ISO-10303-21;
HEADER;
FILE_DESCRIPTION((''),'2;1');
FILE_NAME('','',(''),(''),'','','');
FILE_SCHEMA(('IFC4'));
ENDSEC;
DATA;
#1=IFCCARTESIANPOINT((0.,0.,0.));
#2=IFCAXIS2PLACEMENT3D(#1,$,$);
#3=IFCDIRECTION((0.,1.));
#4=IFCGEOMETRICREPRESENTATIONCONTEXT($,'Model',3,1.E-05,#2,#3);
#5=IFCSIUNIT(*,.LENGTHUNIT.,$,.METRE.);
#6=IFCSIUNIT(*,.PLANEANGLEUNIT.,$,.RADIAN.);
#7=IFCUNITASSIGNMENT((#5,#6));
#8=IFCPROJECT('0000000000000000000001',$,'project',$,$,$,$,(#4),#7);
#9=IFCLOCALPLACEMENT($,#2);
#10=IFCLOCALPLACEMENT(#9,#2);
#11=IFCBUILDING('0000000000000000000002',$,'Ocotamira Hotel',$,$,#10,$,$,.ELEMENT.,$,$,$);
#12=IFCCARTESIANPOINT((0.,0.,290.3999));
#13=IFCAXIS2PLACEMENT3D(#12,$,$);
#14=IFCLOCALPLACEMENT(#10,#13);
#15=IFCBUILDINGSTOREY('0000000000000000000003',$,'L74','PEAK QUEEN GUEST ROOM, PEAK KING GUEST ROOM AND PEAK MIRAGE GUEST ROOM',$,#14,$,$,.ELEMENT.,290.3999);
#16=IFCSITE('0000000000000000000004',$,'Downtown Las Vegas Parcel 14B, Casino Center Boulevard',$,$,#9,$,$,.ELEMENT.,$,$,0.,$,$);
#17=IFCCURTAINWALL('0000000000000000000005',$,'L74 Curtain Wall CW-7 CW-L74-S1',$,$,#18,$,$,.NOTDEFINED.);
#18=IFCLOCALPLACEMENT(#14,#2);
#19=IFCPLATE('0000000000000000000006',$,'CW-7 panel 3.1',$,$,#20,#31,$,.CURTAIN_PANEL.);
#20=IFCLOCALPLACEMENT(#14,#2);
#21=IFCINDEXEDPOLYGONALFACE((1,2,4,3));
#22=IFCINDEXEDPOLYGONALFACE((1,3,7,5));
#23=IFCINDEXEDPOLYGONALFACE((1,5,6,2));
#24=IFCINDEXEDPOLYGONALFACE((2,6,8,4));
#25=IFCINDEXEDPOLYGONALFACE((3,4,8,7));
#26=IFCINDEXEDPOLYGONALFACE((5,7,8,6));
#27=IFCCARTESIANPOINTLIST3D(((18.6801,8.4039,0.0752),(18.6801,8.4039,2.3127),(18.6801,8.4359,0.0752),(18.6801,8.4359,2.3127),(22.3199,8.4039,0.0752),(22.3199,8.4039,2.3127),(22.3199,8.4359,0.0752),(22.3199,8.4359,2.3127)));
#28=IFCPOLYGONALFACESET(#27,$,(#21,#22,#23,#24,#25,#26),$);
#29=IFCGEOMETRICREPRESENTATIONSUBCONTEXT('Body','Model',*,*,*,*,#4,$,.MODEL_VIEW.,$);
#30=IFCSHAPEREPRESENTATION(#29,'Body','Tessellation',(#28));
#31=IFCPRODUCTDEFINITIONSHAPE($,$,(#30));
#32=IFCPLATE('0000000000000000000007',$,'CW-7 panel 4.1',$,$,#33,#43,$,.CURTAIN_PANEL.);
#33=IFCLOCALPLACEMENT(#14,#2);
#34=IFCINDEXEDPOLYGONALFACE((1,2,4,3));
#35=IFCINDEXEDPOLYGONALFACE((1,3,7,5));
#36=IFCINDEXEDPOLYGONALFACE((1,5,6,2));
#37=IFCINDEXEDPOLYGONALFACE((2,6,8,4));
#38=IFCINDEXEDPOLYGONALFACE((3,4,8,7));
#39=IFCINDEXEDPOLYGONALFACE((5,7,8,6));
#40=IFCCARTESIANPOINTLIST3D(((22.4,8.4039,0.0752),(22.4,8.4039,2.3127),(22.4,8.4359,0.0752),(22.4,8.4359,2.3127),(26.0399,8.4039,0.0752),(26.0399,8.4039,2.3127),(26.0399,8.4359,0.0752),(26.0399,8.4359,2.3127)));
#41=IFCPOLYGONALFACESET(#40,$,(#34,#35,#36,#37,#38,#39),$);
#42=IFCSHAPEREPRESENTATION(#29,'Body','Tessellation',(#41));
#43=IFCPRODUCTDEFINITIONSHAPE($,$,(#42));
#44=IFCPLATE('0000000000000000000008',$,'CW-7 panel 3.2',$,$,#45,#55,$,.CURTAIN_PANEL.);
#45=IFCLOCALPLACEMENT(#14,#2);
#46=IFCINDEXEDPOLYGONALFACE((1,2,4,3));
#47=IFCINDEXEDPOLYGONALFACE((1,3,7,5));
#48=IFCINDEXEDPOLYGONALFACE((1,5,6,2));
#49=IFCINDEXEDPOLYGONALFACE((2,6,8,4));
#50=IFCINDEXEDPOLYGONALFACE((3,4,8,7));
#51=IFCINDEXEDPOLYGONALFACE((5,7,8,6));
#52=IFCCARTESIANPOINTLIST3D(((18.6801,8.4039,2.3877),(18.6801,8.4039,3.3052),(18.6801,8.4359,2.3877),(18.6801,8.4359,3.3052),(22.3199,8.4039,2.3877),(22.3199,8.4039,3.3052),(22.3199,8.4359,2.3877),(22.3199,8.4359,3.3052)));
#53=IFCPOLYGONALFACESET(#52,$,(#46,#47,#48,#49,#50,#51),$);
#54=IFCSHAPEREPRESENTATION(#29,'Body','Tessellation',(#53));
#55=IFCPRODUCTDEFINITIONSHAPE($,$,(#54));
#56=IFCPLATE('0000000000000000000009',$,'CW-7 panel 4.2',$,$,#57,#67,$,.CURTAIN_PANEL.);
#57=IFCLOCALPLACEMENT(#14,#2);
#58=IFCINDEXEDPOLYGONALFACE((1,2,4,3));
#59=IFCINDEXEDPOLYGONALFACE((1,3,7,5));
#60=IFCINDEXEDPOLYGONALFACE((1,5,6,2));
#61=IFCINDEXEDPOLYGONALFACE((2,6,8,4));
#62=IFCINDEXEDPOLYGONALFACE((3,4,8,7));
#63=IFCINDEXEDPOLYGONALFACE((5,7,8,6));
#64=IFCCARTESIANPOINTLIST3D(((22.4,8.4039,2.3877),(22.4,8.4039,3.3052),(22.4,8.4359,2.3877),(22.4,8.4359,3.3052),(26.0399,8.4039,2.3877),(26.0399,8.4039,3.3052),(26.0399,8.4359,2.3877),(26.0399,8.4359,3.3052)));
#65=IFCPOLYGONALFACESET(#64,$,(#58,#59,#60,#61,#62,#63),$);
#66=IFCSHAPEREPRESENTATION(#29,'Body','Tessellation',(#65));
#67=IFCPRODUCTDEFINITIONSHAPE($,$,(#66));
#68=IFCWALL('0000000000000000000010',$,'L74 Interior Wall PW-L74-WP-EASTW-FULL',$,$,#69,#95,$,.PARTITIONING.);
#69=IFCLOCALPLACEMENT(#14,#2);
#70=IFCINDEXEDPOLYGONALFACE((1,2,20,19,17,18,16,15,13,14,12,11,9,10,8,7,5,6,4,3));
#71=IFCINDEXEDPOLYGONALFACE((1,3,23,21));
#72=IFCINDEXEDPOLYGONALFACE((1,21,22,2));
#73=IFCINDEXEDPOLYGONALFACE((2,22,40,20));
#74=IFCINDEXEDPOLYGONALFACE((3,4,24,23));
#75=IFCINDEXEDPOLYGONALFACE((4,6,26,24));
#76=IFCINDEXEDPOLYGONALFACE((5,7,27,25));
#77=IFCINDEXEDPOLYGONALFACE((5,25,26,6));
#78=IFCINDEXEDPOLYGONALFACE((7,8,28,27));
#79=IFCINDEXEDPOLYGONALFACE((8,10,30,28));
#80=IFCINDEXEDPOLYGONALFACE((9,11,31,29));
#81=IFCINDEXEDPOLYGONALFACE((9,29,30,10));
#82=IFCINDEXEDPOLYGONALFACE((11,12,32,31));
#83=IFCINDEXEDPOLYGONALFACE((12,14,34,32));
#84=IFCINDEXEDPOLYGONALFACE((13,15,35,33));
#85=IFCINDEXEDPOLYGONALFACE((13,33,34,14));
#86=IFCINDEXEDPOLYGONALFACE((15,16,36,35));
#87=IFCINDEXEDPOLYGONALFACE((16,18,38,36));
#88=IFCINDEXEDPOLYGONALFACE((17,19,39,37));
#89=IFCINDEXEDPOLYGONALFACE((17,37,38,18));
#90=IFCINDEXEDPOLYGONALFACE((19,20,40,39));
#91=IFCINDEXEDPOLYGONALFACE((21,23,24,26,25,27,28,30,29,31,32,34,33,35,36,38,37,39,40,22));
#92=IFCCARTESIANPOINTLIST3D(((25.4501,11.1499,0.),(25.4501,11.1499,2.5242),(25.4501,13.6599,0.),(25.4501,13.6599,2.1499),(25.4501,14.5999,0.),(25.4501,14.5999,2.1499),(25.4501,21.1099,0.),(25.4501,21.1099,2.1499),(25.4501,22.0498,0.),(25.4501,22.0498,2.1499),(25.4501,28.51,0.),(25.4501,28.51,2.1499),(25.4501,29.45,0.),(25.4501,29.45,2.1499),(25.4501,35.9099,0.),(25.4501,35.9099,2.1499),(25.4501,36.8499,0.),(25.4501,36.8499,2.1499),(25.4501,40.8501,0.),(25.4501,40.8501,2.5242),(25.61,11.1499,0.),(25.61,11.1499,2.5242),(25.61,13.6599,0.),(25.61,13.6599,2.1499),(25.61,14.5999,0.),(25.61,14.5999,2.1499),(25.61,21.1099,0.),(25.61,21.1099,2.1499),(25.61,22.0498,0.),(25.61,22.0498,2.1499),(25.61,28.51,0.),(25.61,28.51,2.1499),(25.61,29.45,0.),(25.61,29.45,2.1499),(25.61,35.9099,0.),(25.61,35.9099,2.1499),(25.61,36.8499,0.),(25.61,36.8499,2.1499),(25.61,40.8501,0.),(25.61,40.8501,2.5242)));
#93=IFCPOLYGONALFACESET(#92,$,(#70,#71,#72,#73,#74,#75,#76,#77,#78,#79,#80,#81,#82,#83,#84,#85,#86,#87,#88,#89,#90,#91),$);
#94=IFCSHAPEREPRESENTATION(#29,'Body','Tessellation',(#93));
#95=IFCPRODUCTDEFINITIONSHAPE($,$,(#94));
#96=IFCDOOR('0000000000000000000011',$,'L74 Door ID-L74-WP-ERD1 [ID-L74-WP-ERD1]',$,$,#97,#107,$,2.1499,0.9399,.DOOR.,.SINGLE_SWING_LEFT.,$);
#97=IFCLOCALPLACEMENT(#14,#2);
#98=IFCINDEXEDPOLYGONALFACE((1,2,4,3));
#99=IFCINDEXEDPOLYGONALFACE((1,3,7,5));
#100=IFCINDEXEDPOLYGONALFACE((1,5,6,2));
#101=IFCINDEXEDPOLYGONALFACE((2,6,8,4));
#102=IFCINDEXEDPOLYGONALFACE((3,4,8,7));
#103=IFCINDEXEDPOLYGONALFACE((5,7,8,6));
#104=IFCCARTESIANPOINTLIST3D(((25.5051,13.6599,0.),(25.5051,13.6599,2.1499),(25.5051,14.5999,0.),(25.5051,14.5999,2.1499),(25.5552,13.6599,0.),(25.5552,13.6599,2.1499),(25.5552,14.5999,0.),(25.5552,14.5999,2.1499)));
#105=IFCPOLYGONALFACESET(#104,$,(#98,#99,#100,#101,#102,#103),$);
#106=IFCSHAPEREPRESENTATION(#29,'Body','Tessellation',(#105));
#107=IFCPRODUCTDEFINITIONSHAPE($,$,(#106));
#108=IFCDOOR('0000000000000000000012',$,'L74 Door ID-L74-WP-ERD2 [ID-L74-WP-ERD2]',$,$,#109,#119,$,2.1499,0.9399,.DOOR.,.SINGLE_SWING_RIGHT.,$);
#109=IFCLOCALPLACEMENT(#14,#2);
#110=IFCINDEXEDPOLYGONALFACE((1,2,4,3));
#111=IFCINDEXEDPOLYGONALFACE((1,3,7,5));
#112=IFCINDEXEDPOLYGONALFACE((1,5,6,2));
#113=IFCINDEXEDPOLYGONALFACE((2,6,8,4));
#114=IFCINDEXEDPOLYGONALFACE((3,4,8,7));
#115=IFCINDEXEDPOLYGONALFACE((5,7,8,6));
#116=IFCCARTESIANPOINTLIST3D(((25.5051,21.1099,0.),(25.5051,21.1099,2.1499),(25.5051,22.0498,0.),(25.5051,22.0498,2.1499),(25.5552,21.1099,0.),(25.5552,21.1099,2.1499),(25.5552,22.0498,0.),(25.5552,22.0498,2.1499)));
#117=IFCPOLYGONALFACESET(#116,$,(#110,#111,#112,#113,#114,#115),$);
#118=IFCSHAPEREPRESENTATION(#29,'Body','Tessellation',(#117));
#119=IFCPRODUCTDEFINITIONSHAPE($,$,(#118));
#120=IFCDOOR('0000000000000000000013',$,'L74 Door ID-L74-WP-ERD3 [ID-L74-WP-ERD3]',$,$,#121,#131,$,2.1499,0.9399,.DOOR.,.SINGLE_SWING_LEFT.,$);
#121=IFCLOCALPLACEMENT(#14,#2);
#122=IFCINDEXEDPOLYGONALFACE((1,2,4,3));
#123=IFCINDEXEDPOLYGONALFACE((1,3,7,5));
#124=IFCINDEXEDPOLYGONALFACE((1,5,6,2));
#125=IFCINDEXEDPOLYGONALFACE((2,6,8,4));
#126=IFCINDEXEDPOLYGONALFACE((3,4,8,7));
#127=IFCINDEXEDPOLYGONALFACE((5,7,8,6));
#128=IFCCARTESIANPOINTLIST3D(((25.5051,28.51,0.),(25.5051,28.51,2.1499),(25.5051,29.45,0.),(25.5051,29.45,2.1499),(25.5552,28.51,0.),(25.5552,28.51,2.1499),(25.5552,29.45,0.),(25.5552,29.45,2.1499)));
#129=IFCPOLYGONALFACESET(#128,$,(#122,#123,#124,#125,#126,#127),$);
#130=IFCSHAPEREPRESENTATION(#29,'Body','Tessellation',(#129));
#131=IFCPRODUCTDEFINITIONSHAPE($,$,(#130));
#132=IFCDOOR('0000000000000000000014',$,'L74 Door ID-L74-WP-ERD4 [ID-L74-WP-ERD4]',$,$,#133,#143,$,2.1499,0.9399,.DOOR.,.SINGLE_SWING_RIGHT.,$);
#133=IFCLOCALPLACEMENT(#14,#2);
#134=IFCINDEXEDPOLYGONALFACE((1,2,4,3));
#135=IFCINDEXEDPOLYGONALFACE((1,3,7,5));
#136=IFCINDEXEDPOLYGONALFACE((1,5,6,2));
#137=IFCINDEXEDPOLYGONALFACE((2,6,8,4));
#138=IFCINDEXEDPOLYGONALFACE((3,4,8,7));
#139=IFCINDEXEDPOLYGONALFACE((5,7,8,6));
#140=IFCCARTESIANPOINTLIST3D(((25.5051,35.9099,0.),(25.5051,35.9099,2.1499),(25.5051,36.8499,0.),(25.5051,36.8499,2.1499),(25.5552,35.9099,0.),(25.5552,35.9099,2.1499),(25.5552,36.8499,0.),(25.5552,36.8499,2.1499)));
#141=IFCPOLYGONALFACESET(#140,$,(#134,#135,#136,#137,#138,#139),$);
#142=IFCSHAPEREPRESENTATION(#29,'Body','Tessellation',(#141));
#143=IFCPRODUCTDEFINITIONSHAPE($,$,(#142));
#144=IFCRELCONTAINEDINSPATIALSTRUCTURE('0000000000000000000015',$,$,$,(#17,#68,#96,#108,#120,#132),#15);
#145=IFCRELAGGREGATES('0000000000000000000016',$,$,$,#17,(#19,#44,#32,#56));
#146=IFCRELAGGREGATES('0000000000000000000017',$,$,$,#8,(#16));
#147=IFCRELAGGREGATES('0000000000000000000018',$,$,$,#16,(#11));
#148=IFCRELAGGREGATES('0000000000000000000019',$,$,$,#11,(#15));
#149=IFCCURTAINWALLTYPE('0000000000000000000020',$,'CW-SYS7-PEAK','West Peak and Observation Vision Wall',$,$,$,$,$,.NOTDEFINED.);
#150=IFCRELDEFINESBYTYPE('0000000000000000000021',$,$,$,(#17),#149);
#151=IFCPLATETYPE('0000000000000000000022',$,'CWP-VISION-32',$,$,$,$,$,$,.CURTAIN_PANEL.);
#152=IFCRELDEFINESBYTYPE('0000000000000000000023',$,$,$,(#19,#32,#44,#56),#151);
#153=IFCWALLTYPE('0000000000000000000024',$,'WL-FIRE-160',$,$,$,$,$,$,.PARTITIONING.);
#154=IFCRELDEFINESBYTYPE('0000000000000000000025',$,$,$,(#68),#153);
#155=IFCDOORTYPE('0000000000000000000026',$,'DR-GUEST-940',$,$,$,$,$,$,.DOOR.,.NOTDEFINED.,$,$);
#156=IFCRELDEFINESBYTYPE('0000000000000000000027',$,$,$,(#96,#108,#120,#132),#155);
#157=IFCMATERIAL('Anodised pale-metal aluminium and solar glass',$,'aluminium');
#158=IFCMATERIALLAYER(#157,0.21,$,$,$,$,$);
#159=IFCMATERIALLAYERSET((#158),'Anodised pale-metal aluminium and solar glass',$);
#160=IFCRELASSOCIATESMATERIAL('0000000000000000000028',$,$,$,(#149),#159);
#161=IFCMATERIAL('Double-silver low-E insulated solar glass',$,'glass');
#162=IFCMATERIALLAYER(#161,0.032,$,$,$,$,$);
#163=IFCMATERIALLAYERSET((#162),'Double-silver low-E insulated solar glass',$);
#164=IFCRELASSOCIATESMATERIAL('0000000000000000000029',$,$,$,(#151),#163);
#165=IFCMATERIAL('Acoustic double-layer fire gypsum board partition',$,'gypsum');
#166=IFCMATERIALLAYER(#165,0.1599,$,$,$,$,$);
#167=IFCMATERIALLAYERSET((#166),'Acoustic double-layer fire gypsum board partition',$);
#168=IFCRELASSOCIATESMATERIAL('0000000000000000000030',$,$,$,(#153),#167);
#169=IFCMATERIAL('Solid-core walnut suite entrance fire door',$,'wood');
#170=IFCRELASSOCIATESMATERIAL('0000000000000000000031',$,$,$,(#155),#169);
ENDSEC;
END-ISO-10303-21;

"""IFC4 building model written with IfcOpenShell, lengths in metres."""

from ifc_helpers import new_model, si_unit, direction, frame, frame_2d, origin, origin_2d, place, context, subcontext, project, spatial, rectangle, extrude, source, transform, mapped, material, layer, layer_set, type_object, element, fill, aggregate, save


model = new_model("IFC4")

# Units and contexts
model_context = context("Model", 3, precision=1e-05, world=origin(), true_north=direction((0.0, 1.0)))
body_context = subcontext(model_context, "Body", "Model", "MODEL_VIEW")
ifc_project = project(units=[si_unit("LENGTHUNIT", "METRE"), si_unit("PLANEANGLEUNIT", "RADIAN")], contexts=[model_context])

# Site, building, storey
site_placement = place(None, origin())
site = spatial("IfcSite", under=ifc_project, at=site_placement, Name="Downtown Las Vegas Parcel 14B, Casino Center Boulevard", CompositionType="ELEMENT", RefElevation=0.0)
building_placement = place(site_placement, origin())
building = spatial("IfcBuilding", under=site, at=building_placement, Name="Ocotamira Hotel", CompositionType="ELEMENT")
storey_placement = place(building_placement, frame((0.0, 0.0, 290.3999)))
storey = spatial("IfcBuildingStorey", under=building, at=storey_placement, Name="L74", Description="PEAK QUEEN GUEST ROOM, PEAK KING GUEST ROOM AND PEAK MIRAGE GUEST ROOM", CompositionType="ELEMENT", Elevation=290.3999)

# Curtain wall, plates
ifc_material_1 = material(Name="Anodised pale-metal aluminium and solar glass", Category="aluminium")
ifc_layer_1 = layer(ifc_material_1, 0.21)
ifc_layer_set_1 = layer_set([ifc_layer_1], Name="Anodised pale-metal aluminium and solar glass")
curtain_wall_type = type_object("IfcCurtainWallType", Name="CW-SYS7-PEAK", Description="West Peak and Observation Vision Wall", PredefinedType="NOTDEFINED", material=ifc_layer_set_1)
curtain_wall_placement = place(storey_placement, origin())
curtain_wall = element("IfcCurtainWall", 1, at=curtain_wall_placement, inside=storey, type_object=curtain_wall_type, Name="L74 Curtain Wall CW-7 CW-L74-S1", PredefinedType="NOTDEFINED")
ifc_material_2 = material(Name="Double-silver low-E insulated solar glass", Category="glass")
ifc_layer_2 = layer(ifc_material_2, 0.032)
ifc_layer_set_2 = layer_set([ifc_layer_2], Name="Double-silver low-E insulated solar glass")
plate_type = type_object("IfcPlateType", Name="CWP-VISION-32", PredefinedType="CURTAIN_PANEL", material=ifc_layer_set_2)
shared_shape_1 = source(origin(), body_context, "Body", "SweptSolid", [
    extrude(rectangle(XDim=3.6399, YDim=0.032, at=origin_2d()), origin(), (0.0, 0.0, 1.0), 2.2375),
])
plate_1_placement = place(storey_placement, frame((20.5, 8.4199, 0.0752), z_axis=(0.0, 0.0, 1.0), x_axis=(1.0, 0.0, 0.0)))
plate_1 = element("IfcPlate", 2, at=plate_1_placement, type_object=plate_type, Name="CW-7 panel 3.1", PredefinedType="CURTAIN_PANEL", context=body_context, shape_type="MappedRepresentation", body=[
    mapped(shared_shape_1, transform((0.0, 0.0, 0.0), scale=1.0)),
])
plate_2_placement = place(storey_placement, frame((24.22, 8.4199, 0.0752), z_axis=(0.0, 0.0, 1.0), x_axis=(1.0, 0.0, 0.0)))
plate_2 = element("IfcPlate", 3, at=plate_2_placement, type_object=plate_type, Name="CW-7 panel 4.1", PredefinedType="CURTAIN_PANEL", context=body_context, shape_type="MappedRepresentation", body=[
    mapped(shared_shape_1, transform((0.0, 0.0, 0.0), scale=1.0)),
])
shared_shape_2 = source(origin(), body_context, "Body", "SweptSolid", [
    extrude(rectangle(XDim=3.6399, YDim=0.032, at=origin_2d()), origin(), (0.0, 0.0, 1.0), 0.9175),
])
plate_3_placement = place(storey_placement, frame((20.5, 8.4199, 2.3877), z_axis=(0.0, 0.0, 1.0), x_axis=(1.0, 0.0, 0.0)))
plate_3 = element("IfcPlate", 4, at=plate_3_placement, type_object=plate_type, Name="CW-7 panel 3.2", PredefinedType="CURTAIN_PANEL", context=body_context, shape_type="MappedRepresentation", body=[
    mapped(shared_shape_2, transform((0.0, 0.0, 0.0), scale=1.0)),
])
plate_4_placement = place(storey_placement, frame((24.22, 8.4199, 2.3877), z_axis=(0.0, 0.0, 1.0), x_axis=(1.0, 0.0, 0.0)))
plate_4 = element("IfcPlate", 5, at=plate_4_placement, type_object=plate_type, Name="CW-7 panel 4.2", PredefinedType="CURTAIN_PANEL", context=body_context, shape_type="MappedRepresentation", body=[
    mapped(shared_shape_2, transform((0.0, 0.0, 0.0), scale=1.0)),
])
aggregate(curtain_wall, [plate_1, plate_3, plate_2, plate_4])

# Wall, openings, doors
ifc_material_3 = material(Name="Acoustic double-layer fire gypsum board partition", Category="gypsum")
ifc_layer_3 = layer(ifc_material_3, 0.1599)
ifc_layer_set_3 = layer_set([ifc_layer_3], Name="Acoustic double-layer fire gypsum board partition")
wall_type_1 = type_object("IfcWallType", Name="WL-FIRE-160", PredefinedType="PARTITIONING", material=ifc_layer_set_3)
wall_1_placement = place(storey_placement, frame((25.53, 11.1499, 0.0), z_axis=(0.0, 0.0, 1.0), x_axis=(0.0, 1.0, 0.0)))
wall_1 = element("IfcWall", 6, at=wall_1_placement, inside=storey, type_object=wall_type_1, Name="L74 Interior Wall PW-L74-WP-EASTW-FULL", PredefinedType="PARTITIONING", context=body_context, shape_type="SweptSolid", body=[
    extrude(rectangle(XDim=29.7002, YDim=0.1599, at=frame_2d((14.8501, 0.0))), origin(), (0.0, 0.0, 1.0), 2.5242),
])
opening_1_placement = place(wall_1_placement, frame((2.51, 0.0, 0.0)))
opening_1 = element("IfcOpeningElement", 7, at=opening_1_placement, cuts=wall_1, PredefinedType="OPENING", context=body_context, shape_type="SweptSolid", body=[
    extrude(rectangle(XDim=0.9399, YDim=2.1499, at=frame_2d((0.47, 1.075))), frame((0.0, 0.0898, 0.0), z_axis=(0.0, -1.0, 0.0), x_axis=(1.0, 0.0, 0.0)), (0.0, 0.0, 1.0), 0.1799),
])
opening_2_placement = place(wall_1_placement, frame((9.96, 0.0, 0.0)))
opening_2 = element("IfcOpeningElement", 8, at=opening_2_placement, cuts=wall_1, PredefinedType="OPENING", context=body_context, shape_type="SweptSolid", body=[
    extrude(rectangle(XDim=0.9399, YDim=2.1499, at=frame_2d((0.47, 1.075))), frame((0.0, 0.0898, 0.0), z_axis=(0.0, -1.0, 0.0), x_axis=(1.0, 0.0, 0.0)), (0.0, 0.0, 1.0), 0.1799),
])
opening_3_placement = place(wall_1_placement, frame((17.3601, 0.0, 0.0)))
opening_3 = element("IfcOpeningElement", 9, at=opening_3_placement, cuts=wall_1, PredefinedType="OPENING", context=body_context, shape_type="SweptSolid", body=[
    extrude(rectangle(XDim=0.9399, YDim=2.1499, at=frame_2d((0.47, 1.075))), frame((0.0, 0.0898, 0.0), z_axis=(0.0, -1.0, 0.0), x_axis=(1.0, 0.0, 0.0)), (0.0, 0.0, 1.0), 0.1799),
])
opening_4_placement = place(wall_1_placement, frame((24.76, 0.0, 0.0)))
opening_4 = element("IfcOpeningElement", 10, at=opening_4_placement, cuts=wall_1, PredefinedType="OPENING", context=body_context, shape_type="SweptSolid", body=[
    extrude(rectangle(XDim=0.9399, YDim=2.1499, at=frame_2d((0.47, 1.075))), frame((0.0, 0.0898, 0.0), z_axis=(0.0, -1.0, 0.0), x_axis=(1.0, 0.0, 0.0)), (0.0, 0.0, 1.0), 0.1799),
])
ifc_material_4 = material(Name="Solid-core walnut suite entrance fire door", Category="wood")
door_type_1 = type_object("IfcDoorType", Name="DR-GUEST-940", OperationType="NOTDEFINED", PredefinedType="DOOR", material=ifc_material_4)
shared_shape_3 = source(origin(), body_context, "Body", "SweptSolid", [
    extrude(rectangle(XDim=0.9399, YDim=2.1499, at=frame_2d((0.47, 1.075))), frame((0.0, 0.0249, 0.0), z_axis=(0.0, -1.0, 0.0), x_axis=(1.0, 0.0, 0.0)), (0.0, 0.0, 1.0), 0.05),
])
door_1_placement = place(opening_1_placement, origin())
door_1 = element("IfcDoor", 11, at=door_1_placement, inside=storey, type_object=door_type_1, Name="L74 Door ID-L74-WP-ERD1 [ID-L74-WP-ERD1]", OperationType="SINGLE_SWING_LEFT", OverallHeight=2.1499, OverallWidth=0.9399, PredefinedType="DOOR", context=body_context, shape_type="MappedRepresentation", body=[
    mapped(shared_shape_3, transform((0.0, 0.0, 0.0), scale=1.0)),
])
fill(opening_1, door_1)
door_2_placement = place(opening_2_placement, origin())
door_2 = element("IfcDoor", 12, at=door_2_placement, inside=storey, type_object=door_type_1, Name="L74 Door ID-L74-WP-ERD2 [ID-L74-WP-ERD2]", OperationType="SINGLE_SWING_RIGHT", OverallHeight=2.1499, OverallWidth=0.9399, PredefinedType="DOOR", context=body_context, shape_type="MappedRepresentation", body=[
    mapped(shared_shape_3, transform((0.0, 0.0, 0.0), scale=1.0)),
])
fill(opening_2, door_2)
door_3_placement = place(opening_3_placement, origin())
door_3 = element("IfcDoor", 13, at=door_3_placement, inside=storey, type_object=door_type_1, Name="L74 Door ID-L74-WP-ERD3 [ID-L74-WP-ERD3]", OperationType="SINGLE_SWING_LEFT", OverallHeight=2.1499, OverallWidth=0.9399, PredefinedType="DOOR", context=body_context, shape_type="MappedRepresentation", body=[
    mapped(shared_shape_3, transform((0.0, 0.0, 0.0), scale=1.0)),
])
fill(opening_3, door_3)
door_4_placement = place(opening_4_placement, origin())
door_4 = element("IfcDoor", 14, at=door_4_placement, inside=storey, type_object=door_type_1, Name="L74 Door ID-L74-WP-ERD4 [ID-L74-WP-ERD4]", OperationType="SINGLE_SWING_RIGHT", OverallHeight=2.1499, OverallWidth=0.9399, PredefinedType="DOOR", context=body_context, shape_type="MappedRepresentation", body=[
    mapped(shared_shape_3, transform((0.0, 0.0, 0.0), scale=1.0)),
])
fill(opening_4, door_4)

save(model, "model.ifc")
